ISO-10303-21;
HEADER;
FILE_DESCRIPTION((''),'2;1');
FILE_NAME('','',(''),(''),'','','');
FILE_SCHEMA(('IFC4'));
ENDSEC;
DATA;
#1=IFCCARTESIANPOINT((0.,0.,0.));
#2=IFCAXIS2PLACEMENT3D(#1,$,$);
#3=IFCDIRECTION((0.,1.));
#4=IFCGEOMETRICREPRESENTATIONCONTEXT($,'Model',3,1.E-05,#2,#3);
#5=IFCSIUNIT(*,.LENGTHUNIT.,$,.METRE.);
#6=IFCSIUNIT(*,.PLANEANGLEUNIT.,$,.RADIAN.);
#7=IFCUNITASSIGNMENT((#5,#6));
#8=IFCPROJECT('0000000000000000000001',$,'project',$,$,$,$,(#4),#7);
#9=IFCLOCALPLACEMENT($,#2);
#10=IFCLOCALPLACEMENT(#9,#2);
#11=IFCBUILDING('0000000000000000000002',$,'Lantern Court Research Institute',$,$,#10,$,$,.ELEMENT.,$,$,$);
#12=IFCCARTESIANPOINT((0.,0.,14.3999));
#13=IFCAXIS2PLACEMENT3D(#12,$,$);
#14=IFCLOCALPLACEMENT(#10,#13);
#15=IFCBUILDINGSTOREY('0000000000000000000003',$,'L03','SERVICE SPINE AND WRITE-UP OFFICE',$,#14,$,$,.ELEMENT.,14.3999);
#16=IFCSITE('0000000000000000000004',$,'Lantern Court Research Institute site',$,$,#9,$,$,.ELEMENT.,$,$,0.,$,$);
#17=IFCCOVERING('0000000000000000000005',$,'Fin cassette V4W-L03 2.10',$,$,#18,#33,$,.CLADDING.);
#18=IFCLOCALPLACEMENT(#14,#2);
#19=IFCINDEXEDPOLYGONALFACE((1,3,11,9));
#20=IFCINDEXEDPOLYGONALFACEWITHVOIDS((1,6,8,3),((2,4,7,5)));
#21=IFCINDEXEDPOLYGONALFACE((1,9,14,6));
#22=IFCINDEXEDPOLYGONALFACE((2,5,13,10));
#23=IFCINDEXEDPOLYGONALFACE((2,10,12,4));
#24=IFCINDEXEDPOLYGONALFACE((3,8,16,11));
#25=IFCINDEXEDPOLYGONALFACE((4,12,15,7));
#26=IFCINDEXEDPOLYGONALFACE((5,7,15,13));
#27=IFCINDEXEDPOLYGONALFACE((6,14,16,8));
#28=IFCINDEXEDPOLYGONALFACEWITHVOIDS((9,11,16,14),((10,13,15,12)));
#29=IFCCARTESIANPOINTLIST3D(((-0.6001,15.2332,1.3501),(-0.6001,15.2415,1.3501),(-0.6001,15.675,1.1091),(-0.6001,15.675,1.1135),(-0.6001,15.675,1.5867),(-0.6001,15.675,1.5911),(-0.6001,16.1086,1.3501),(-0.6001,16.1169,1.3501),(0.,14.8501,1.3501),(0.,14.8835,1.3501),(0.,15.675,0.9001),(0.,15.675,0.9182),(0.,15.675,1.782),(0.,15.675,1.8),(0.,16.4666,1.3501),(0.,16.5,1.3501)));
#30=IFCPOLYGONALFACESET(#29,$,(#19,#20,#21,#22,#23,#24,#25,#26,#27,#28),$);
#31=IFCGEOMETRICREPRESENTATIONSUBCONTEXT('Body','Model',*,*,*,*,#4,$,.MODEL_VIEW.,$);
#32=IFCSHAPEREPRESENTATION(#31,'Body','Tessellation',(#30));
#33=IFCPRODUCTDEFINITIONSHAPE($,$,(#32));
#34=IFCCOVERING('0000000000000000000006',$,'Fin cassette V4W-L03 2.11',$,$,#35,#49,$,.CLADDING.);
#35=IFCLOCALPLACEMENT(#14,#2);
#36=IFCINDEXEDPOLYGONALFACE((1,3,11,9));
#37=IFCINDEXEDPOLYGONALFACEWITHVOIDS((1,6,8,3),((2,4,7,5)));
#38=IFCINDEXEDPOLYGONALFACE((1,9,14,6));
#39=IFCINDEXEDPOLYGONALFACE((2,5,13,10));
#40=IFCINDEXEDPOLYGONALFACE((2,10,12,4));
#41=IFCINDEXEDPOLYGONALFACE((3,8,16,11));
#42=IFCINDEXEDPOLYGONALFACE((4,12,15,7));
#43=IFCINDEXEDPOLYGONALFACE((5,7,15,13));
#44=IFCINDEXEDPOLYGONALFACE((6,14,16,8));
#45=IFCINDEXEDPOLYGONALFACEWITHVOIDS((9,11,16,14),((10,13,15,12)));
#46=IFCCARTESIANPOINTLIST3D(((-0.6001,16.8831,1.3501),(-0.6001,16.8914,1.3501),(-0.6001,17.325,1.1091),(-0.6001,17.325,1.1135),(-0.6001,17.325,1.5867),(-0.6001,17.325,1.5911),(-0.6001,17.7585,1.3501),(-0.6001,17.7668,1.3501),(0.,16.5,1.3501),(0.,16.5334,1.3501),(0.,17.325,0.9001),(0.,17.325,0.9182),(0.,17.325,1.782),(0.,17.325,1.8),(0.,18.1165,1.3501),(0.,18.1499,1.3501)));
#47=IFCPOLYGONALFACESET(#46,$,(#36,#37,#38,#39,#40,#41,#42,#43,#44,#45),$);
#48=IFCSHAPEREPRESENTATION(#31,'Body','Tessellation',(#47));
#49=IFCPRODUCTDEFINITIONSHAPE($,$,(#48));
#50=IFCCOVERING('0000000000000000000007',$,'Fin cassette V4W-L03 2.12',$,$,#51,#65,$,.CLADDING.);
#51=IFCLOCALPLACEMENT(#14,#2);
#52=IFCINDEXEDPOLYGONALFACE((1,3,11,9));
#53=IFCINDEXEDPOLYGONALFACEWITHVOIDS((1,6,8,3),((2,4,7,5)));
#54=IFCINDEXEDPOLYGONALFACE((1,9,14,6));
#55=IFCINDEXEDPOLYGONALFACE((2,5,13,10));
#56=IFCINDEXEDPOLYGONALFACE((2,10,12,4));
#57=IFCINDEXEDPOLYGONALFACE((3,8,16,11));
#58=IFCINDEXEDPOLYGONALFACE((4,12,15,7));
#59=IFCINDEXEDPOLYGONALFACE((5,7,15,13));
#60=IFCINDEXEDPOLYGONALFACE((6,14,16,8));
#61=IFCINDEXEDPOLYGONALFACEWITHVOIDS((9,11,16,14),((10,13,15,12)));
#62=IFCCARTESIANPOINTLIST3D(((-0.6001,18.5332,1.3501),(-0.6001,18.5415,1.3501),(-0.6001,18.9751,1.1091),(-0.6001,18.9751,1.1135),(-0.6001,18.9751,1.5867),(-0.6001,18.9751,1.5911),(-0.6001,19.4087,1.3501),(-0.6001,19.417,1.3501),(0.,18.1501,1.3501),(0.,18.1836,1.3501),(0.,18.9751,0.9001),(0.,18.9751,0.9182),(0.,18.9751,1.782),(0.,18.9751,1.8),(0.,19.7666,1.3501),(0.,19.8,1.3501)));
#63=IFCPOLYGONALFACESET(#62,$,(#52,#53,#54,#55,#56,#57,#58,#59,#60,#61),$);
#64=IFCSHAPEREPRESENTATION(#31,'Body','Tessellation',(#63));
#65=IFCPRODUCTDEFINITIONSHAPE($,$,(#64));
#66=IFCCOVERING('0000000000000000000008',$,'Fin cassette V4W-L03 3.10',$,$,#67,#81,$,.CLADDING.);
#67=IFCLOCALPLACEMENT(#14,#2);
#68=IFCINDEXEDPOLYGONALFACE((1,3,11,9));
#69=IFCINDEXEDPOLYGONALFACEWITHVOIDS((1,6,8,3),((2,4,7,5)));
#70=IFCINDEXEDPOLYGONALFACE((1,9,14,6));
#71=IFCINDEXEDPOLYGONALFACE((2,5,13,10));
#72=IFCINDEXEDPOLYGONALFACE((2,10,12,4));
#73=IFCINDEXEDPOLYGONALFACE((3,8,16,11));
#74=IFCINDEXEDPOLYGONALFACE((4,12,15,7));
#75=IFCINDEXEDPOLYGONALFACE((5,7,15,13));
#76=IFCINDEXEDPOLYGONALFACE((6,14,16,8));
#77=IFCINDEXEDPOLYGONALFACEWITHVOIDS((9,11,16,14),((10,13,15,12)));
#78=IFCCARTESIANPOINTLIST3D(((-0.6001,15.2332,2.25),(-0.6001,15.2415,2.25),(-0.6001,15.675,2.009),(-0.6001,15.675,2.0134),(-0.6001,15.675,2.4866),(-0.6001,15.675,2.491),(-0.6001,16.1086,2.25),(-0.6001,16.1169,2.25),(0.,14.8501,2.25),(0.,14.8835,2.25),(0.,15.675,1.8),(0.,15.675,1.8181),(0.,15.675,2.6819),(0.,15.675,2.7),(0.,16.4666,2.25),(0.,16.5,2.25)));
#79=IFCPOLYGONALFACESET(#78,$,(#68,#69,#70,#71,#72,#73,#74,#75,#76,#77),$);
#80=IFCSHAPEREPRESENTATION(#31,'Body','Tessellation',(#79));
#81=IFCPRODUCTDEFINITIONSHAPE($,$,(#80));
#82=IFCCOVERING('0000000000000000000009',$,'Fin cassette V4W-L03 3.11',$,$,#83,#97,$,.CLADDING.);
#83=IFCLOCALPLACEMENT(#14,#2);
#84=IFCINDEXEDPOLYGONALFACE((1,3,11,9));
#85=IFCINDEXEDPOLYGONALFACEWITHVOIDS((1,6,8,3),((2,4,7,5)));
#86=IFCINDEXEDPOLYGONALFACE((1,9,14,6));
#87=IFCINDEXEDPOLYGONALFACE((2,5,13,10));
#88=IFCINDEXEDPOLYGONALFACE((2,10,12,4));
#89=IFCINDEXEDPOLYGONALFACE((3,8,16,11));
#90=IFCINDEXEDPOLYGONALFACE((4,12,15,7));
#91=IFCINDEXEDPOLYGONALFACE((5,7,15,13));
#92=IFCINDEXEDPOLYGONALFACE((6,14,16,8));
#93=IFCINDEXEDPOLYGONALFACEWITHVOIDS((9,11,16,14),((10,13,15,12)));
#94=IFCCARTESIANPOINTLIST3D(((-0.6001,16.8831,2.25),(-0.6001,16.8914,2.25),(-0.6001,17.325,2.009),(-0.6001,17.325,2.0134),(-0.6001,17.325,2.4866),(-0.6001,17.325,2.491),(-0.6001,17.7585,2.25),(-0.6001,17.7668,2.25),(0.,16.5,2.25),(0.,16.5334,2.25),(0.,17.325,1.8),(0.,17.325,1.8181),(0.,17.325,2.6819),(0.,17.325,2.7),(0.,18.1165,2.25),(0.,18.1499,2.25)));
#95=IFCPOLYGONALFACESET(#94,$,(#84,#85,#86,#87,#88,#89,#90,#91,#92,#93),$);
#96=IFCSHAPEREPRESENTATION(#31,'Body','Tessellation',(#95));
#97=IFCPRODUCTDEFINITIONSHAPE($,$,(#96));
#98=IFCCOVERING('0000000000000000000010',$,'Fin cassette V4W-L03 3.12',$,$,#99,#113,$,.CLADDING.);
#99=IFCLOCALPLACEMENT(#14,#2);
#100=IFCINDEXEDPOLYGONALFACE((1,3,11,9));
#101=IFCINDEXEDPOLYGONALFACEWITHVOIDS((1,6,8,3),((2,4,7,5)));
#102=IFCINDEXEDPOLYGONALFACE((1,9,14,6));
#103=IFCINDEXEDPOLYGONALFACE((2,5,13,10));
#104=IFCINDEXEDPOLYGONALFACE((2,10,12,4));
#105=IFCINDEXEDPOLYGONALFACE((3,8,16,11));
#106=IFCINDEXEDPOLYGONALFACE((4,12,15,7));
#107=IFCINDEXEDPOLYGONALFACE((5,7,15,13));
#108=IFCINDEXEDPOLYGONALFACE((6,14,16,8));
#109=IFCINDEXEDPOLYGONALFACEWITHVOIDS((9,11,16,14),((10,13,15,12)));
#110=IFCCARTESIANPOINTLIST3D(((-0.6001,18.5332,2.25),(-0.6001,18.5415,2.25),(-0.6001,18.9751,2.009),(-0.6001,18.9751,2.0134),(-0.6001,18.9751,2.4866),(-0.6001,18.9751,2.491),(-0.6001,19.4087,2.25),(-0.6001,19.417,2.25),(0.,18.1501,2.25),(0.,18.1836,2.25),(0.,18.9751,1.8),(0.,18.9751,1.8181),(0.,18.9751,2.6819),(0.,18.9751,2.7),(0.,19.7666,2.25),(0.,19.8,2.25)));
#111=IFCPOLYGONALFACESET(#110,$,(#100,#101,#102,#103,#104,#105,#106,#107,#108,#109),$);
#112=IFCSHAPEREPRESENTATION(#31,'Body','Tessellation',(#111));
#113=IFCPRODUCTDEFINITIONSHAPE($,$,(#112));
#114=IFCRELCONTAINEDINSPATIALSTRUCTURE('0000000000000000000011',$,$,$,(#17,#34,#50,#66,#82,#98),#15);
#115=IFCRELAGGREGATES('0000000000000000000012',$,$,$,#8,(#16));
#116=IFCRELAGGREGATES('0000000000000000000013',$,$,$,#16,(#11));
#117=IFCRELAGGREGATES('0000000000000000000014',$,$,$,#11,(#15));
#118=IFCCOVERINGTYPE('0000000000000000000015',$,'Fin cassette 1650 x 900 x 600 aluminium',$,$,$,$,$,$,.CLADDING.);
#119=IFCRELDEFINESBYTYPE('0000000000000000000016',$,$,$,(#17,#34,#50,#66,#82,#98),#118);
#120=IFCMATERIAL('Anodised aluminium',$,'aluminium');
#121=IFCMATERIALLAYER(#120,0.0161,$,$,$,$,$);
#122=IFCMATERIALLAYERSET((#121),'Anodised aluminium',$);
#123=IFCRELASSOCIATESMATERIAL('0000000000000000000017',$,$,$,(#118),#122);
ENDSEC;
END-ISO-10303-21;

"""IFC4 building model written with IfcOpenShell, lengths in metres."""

from ifc_helpers import new_model, entity, si_unit, direction, frame, origin, place, context, subcontext, project, spatial, material, layer, layer_set, type_object, element, save


model = new_model("IFC4")

# Units and contexts
model_context = context("Model", 3, precision=1e-05, world=origin(), true_north=direction((0.0, 1.0)))
body_context = subcontext(model_context, "Body", "Model", "MODEL_VIEW")
ifc_project = project(units=[si_unit("LENGTHUNIT", "METRE"), si_unit("PLANEANGLEUNIT", "RADIAN")], contexts=[model_context])

# Site, building, storey
site_placement = place(None, origin())
site = spatial("IfcSite", under=ifc_project, at=site_placement, Name="Lantern Court Research Institute site", CompositionType="ELEMENT", RefElevation=0.0)
building_placement = place(site_placement, origin())
building = spatial("IfcBuilding", under=site, at=building_placement, Name="Lantern Court Research Institute", CompositionType="ELEMENT")
storey_placement = place(building_placement, frame((0.0, 0.0, 14.3999)))
storey = spatial("IfcBuildingStorey", under=building, at=storey_placement, Name="L03", Description="SERVICE SPINE AND WRITE-UP OFFICE", CompositionType="ELEMENT", Elevation=14.3999)

# Coverings
ifc_material_1 = material(Name="Anodised aluminium", Category="aluminium")
ifc_layer_1 = layer(ifc_material_1, 0.0161)
ifc_layer_set_1 = layer_set([ifc_layer_1], Name="Anodised aluminium")
covering_type = type_object("IfcCoveringType", Name="Fin cassette 1650 x 900 x 600 aluminium", PredefinedType="CLADDING", material=ifc_layer_set_1)
covering_1_placement = place(storey_placement, frame((0.0, 15.675, 1.3501), z_axis=(-1.0, 0.0, 0.0), x_axis=(0.0, -1.0, 0.0)))
cartesian_point_1 = entity("IfcCartesianPoint", [0.825, 0.0])
cartesian_point_2 = entity("IfcCartesianPoint", [0.7915, 0.0])
cartesian_point_3 = entity("IfcCartesianPoint", [0.4419, 0.0])
cartesian_point_4 = entity("IfcCartesianPoint", [0.4336, 0.0])
element("IfcCovering", 1, at=covering_1_placement, inside=storey, type_object=covering_type, Name="Fin cassette V4W-L03 2.10", PredefinedType="CLADDING", context=body_context, shape_type="SweptSolid", body=[
    entity("IfcExtrudedAreaSolidTapered", entity("IfcArbitraryProfileDefWithVoids", "AREA", None, entity("IfcPolyline", [cartesian_point_1, entity("IfcCartesianPoint", [0.0, 0.45]), entity("IfcCartesianPoint", [-0.825, 0.0]), entity("IfcCartesianPoint", [0.0, -0.45]), cartesian_point_1]), [entity("IfcPolyline", [cartesian_point_2, entity("IfcCartesianPoint", [0.0, 0.4319]), entity("IfcCartesianPoint", [-0.7915, 0.0]), entity("IfcCartesianPoint", [0.0, -0.4319]), cartesian_point_2])]), entity("IfcAxis2Placement3D", entity("IfcCartesianPoint", [0.0, 0.0, 0.0])), entity("IfcDirection", [0.0, 0.0, 1.0]), 0.6001, entity("IfcArbitraryProfileDefWithVoids", "AREA", None, entity("IfcPolyline", [cartesian_point_3, entity("IfcCartesianPoint", [0.0, 0.241]), entity("IfcCartesianPoint", [-0.4419, 0.0]), entity("IfcCartesianPoint", [0.0, -0.241]), cartesian_point_3]), [entity("IfcPolyline", [cartesian_point_4, entity("IfcCartesianPoint", [0.0, 0.2366]), entity("IfcCartesianPoint", [-0.4336, 0.0]), entity("IfcCartesianPoint", [0.0, -0.2366]), cartesian_point_4])])),
])
covering_2_placement = place(storey_placement, frame((0.0, 17.325, 1.3501), z_axis=(-1.0, 0.0, 0.0), x_axis=(0.0, -1.0, 0.0)))
cartesian_point_5 = entity("IfcCartesianPoint", [0.825, 0.0])
cartesian_point_6 = entity("IfcCartesianPoint", [0.7915, 0.0])
cartesian_point_7 = entity("IfcCartesianPoint", [0.4419, 0.0])
cartesian_point_8 = entity("IfcCartesianPoint", [0.4336, 0.0])
element("IfcCovering", 2, at=covering_2_placement, inside=storey, type_object=covering_type, Name="Fin cassette V4W-L03 2.11", PredefinedType="CLADDING", context=body_context, shape_type="SweptSolid", body=[
    entity("IfcExtrudedAreaSolidTapered", entity("IfcArbitraryProfileDefWithVoids", "AREA", None, entity("IfcPolyline", [cartesian_point_5, entity("IfcCartesianPoint", [0.0, 0.45]), entity("IfcCartesianPoint", [-0.825, 0.0]), entity("IfcCartesianPoint", [0.0, -0.45]), cartesian_point_5]), [entity("IfcPolyline", [cartesian_point_6, entity("IfcCartesianPoint", [0.0, 0.4319]), entity("IfcCartesianPoint", [-0.7915, 0.0]), entity("IfcCartesianPoint", [0.0, -0.4319]), cartesian_point_6])]), entity("IfcAxis2Placement3D", entity("IfcCartesianPoint", [0.0, 0.0, 0.0])), entity("IfcDirection", [0.0, 0.0, 1.0]), 0.6001, entity("IfcArbitraryProfileDefWithVoids", "AREA", None, entity("IfcPolyline", [cartesian_point_7, entity("IfcCartesianPoint", [0.0, 0.241]), entity("IfcCartesianPoint", [-0.4419, 0.0]), entity("IfcCartesianPoint", [0.0, -0.241]), cartesian_point_7]), [entity("IfcPolyline", [cartesian_point_8, entity("IfcCartesianPoint", [0.0, 0.2366]), entity("IfcCartesianPoint", [-0.4336, 0.0]), entity("IfcCartesianPoint", [0.0, -0.2366]), cartesian_point_8])])),
])
covering_3_placement = place(storey_placement, frame((0.0, 18.9751, 1.3501), z_axis=(-1.0, 0.0, 0.0), x_axis=(0.0, -1.0, 0.0)))
cartesian_point_9 = entity("IfcCartesianPoint", [0.825, 0.0])
cartesian_point_10 = entity("IfcCartesianPoint", [0.7915, 0.0])
cartesian_point_11 = entity("IfcCartesianPoint", [0.4419, 0.0])
cartesian_point_12 = entity("IfcCartesianPoint", [0.4336, 0.0])
element("IfcCovering", 3, at=covering_3_placement, inside=storey, type_object=covering_type, Name="Fin cassette V4W-L03 2.12", PredefinedType="CLADDING", context=body_context, shape_type="SweptSolid", body=[
    entity("IfcExtrudedAreaSolidTapered", entity("IfcArbitraryProfileDefWithVoids", "AREA", None, entity("IfcPolyline", [cartesian_point_9, entity("IfcCartesianPoint", [0.0, 0.45]), entity("IfcCartesianPoint", [-0.825, 0.0]), entity("IfcCartesianPoint", [0.0, -0.45]), cartesian_point_9]), [entity("IfcPolyline", [cartesian_point_10, entity("IfcCartesianPoint", [0.0, 0.4319]), entity("IfcCartesianPoint", [-0.7915, 0.0]), entity("IfcCartesianPoint", [0.0, -0.4319]), cartesian_point_10])]), entity("IfcAxis2Placement3D", entity("IfcCartesianPoint", [0.0, 0.0, 0.0])), entity("IfcDirection", [0.0, 0.0, 1.0]), 0.6001, entity("IfcArbitraryProfileDefWithVoids", "AREA", None, entity("IfcPolyline", [cartesian_point_11, entity("IfcCartesianPoint", [0.0, 0.241]), entity("IfcCartesianPoint", [-0.4419, 0.0]), entity("IfcCartesianPoint", [0.0, -0.241]), cartesian_point_11]), [entity("IfcPolyline", [cartesian_point_12, entity("IfcCartesianPoint", [0.0, 0.2366]), entity("IfcCartesianPoint", [-0.4336, 0.0]), entity("IfcCartesianPoint", [0.0, -0.2366]), cartesian_point_12])])),
])
covering_4_placement = place(storey_placement, frame((0.0, 15.675, 2.25), z_axis=(-1.0, 0.0, 0.0), x_axis=(0.0, -1.0, 0.0)))
cartesian_point_13 = entity("IfcCartesianPoint", [0.825, 0.0])
cartesian_point_14 = entity("IfcCartesianPoint", [0.7915, 0.0])
cartesian_point_15 = entity("IfcCartesianPoint", [0.4419, 0.0])
cartesian_point_16 = entity("IfcCartesianPoint", [0.4336, 0.0])
element("IfcCovering", 4, at=covering_4_placement, inside=storey, type_object=covering_type, Name="Fin cassette V4W-L03 3.10", PredefinedType="CLADDING", context=body_context, shape_type="SweptSolid", body=[
    entity("IfcExtrudedAreaSolidTapered", entity("IfcArbitraryProfileDefWithVoids", "AREA", None, entity("IfcPolyline", [cartesian_point_13, entity("IfcCartesianPoint", [0.0, 0.45]), entity("IfcCartesianPoint", [-0.825, 0.0]), entity("IfcCartesianPoint", [0.0, -0.45]), cartesian_point_13]), [entity("IfcPolyline", [cartesian_point_14, entity("IfcCartesianPoint", [0.0, 0.4319]), entity("IfcCartesianPoint", [-0.7915, 0.0]), entity("IfcCartesianPoint", [0.0, -0.4319]), cartesian_point_14])]), entity("IfcAxis2Placement3D", entity("IfcCartesianPoint", [0.0, 0.0, 0.0])), entity("IfcDirection", [0.0, 0.0, 1.0]), 0.6001, entity("IfcArbitraryProfileDefWithVoids", "AREA", None, entity("IfcPolyline", [cartesian_point_15, entity("IfcCartesianPoint", [0.0, 0.241]), entity("IfcCartesianPoint", [-0.4419, 0.0]), entity("IfcCartesianPoint", [0.0, -0.241]), cartesian_point_15]), [entity("IfcPolyline", [cartesian_point_16, entity("IfcCartesianPoint", [0.0, 0.2366]), entity("IfcCartesianPoint", [-0.4336, 0.0]), entity("IfcCartesianPoint", [0.0, -0.2366]), cartesian_point_16])])),
])
covering_5_placement = place(storey_placement, frame((0.0, 17.325, 2.25), z_axis=(-1.0, 0.0, 0.0), x_axis=(0.0, -1.0, 0.0)))
cartesian_point_17 = entity("IfcCartesianPoint", [0.825, 0.0])
cartesian_point_18 = entity("IfcCartesianPoint", [0.7915, 0.0])
cartesian_point_19 = entity("IfcCartesianPoint", [0.4419, 0.0])
cartesian_point_20 = entity("IfcCartesianPoint", [0.4336, 0.0])
element("IfcCovering", 5, at=covering_5_placement, inside=storey, type_object=covering_type, Name="Fin cassette V4W-L03 3.11", PredefinedType="CLADDING", context=body_context, shape_type="SweptSolid", body=[
    entity("IfcExtrudedAreaSolidTapered", entity("IfcArbitraryProfileDefWithVoids", "AREA", None, entity("IfcPolyline", [cartesian_point_17, entity("IfcCartesianPoint", [0.0, 0.45]), entity("IfcCartesianPoint", [-0.825, 0.0]), entity("IfcCartesianPoint", [0.0, -0.45]), cartesian_point_17]), [entity("IfcPolyline", [cartesian_point_18, entity("IfcCartesianPoint", [0.0, 0.4319]), entity("IfcCartesianPoint", [-0.7915, 0.0]), entity("IfcCartesianPoint", [0.0, -0.4319]), cartesian_point_18])]), entity("IfcAxis2Placement3D", entity("IfcCartesianPoint", [0.0, 0.0, 0.0])), entity("IfcDirection", [0.0, 0.0, 1.0]), 0.6001, entity("IfcArbitraryProfileDefWithVoids", "AREA", None, entity("IfcPolyline", [cartesian_point_19, entity("IfcCartesianPoint", [0.0, 0.241]), entity("IfcCartesianPoint", [-0.4419, 0.0]), entity("IfcCartesianPoint", [0.0, -0.241]), cartesian_point_19]), [entity("IfcPolyline", [cartesian_point_20, entity("IfcCartesianPoint", [0.0, 0.2366]), entity("IfcCartesianPoint", [-0.4336, 0.0]), entity("IfcCartesianPoint", [0.0, -0.2366]), cartesian_point_20])])),
])
covering_6_placement = place(storey_placement, frame((0.0, 18.9751, 2.25), z_axis=(-1.0, 0.0, 0.0), x_axis=(0.0, -1.0, 0.0)))
cartesian_point_21 = entity("IfcCartesianPoint", [0.825, 0.0])
cartesian_point_22 = entity("IfcCartesianPoint", [0.7915, 0.0])
cartesian_point_23 = entity("IfcCartesianPoint", [0.4419, 0.0])
cartesian_point_24 = entity("IfcCartesianPoint", [0.4336, 0.0])
element("IfcCovering", 6, at=covering_6_placement, inside=storey, type_object=covering_type, Name="Fin cassette V4W-L03 3.12", PredefinedType="CLADDING", context=body_context, shape_type="SweptSolid", body=[
    entity("IfcExtrudedAreaSolidTapered", entity("IfcArbitraryProfileDefWithVoids", "AREA", None, entity("IfcPolyline", [cartesian_point_21, entity("IfcCartesianPoint", [0.0, 0.45]), entity("IfcCartesianPoint", [-0.825, 0.0]), entity("IfcCartesianPoint", [0.0, -0.45]), cartesian_point_21]), [entity("IfcPolyline", [cartesian_point_22, entity("IfcCartesianPoint", [0.0, 0.4319]), entity("IfcCartesianPoint", [-0.7915, 0.0]), entity("IfcCartesianPoint", [0.0, -0.4319]), cartesian_point_22])]), entity("IfcAxis2Placement3D", entity("IfcCartesianPoint", [0.0, 0.0, 0.0])), entity("IfcDirection", [0.0, 0.0, 1.0]), 0.6001, entity("IfcArbitraryProfileDefWithVoids", "AREA", None, entity("IfcPolyline", [cartesian_point_23, entity("IfcCartesianPoint", [0.0, 0.241]), entity("IfcCartesianPoint", [-0.4419, 0.0]), entity("IfcCartesianPoint", [0.0, -0.241]), cartesian_point_23]), [entity("IfcPolyline", [cartesian_point_24, entity("IfcCartesianPoint", [0.0, 0.2366]), entity("IfcCartesianPoint", [-0.4336, 0.0]), entity("IfcCartesianPoint", [0.0, -0.2366]), cartesian_point_24])])),
])

save(model, "model.ifc")
